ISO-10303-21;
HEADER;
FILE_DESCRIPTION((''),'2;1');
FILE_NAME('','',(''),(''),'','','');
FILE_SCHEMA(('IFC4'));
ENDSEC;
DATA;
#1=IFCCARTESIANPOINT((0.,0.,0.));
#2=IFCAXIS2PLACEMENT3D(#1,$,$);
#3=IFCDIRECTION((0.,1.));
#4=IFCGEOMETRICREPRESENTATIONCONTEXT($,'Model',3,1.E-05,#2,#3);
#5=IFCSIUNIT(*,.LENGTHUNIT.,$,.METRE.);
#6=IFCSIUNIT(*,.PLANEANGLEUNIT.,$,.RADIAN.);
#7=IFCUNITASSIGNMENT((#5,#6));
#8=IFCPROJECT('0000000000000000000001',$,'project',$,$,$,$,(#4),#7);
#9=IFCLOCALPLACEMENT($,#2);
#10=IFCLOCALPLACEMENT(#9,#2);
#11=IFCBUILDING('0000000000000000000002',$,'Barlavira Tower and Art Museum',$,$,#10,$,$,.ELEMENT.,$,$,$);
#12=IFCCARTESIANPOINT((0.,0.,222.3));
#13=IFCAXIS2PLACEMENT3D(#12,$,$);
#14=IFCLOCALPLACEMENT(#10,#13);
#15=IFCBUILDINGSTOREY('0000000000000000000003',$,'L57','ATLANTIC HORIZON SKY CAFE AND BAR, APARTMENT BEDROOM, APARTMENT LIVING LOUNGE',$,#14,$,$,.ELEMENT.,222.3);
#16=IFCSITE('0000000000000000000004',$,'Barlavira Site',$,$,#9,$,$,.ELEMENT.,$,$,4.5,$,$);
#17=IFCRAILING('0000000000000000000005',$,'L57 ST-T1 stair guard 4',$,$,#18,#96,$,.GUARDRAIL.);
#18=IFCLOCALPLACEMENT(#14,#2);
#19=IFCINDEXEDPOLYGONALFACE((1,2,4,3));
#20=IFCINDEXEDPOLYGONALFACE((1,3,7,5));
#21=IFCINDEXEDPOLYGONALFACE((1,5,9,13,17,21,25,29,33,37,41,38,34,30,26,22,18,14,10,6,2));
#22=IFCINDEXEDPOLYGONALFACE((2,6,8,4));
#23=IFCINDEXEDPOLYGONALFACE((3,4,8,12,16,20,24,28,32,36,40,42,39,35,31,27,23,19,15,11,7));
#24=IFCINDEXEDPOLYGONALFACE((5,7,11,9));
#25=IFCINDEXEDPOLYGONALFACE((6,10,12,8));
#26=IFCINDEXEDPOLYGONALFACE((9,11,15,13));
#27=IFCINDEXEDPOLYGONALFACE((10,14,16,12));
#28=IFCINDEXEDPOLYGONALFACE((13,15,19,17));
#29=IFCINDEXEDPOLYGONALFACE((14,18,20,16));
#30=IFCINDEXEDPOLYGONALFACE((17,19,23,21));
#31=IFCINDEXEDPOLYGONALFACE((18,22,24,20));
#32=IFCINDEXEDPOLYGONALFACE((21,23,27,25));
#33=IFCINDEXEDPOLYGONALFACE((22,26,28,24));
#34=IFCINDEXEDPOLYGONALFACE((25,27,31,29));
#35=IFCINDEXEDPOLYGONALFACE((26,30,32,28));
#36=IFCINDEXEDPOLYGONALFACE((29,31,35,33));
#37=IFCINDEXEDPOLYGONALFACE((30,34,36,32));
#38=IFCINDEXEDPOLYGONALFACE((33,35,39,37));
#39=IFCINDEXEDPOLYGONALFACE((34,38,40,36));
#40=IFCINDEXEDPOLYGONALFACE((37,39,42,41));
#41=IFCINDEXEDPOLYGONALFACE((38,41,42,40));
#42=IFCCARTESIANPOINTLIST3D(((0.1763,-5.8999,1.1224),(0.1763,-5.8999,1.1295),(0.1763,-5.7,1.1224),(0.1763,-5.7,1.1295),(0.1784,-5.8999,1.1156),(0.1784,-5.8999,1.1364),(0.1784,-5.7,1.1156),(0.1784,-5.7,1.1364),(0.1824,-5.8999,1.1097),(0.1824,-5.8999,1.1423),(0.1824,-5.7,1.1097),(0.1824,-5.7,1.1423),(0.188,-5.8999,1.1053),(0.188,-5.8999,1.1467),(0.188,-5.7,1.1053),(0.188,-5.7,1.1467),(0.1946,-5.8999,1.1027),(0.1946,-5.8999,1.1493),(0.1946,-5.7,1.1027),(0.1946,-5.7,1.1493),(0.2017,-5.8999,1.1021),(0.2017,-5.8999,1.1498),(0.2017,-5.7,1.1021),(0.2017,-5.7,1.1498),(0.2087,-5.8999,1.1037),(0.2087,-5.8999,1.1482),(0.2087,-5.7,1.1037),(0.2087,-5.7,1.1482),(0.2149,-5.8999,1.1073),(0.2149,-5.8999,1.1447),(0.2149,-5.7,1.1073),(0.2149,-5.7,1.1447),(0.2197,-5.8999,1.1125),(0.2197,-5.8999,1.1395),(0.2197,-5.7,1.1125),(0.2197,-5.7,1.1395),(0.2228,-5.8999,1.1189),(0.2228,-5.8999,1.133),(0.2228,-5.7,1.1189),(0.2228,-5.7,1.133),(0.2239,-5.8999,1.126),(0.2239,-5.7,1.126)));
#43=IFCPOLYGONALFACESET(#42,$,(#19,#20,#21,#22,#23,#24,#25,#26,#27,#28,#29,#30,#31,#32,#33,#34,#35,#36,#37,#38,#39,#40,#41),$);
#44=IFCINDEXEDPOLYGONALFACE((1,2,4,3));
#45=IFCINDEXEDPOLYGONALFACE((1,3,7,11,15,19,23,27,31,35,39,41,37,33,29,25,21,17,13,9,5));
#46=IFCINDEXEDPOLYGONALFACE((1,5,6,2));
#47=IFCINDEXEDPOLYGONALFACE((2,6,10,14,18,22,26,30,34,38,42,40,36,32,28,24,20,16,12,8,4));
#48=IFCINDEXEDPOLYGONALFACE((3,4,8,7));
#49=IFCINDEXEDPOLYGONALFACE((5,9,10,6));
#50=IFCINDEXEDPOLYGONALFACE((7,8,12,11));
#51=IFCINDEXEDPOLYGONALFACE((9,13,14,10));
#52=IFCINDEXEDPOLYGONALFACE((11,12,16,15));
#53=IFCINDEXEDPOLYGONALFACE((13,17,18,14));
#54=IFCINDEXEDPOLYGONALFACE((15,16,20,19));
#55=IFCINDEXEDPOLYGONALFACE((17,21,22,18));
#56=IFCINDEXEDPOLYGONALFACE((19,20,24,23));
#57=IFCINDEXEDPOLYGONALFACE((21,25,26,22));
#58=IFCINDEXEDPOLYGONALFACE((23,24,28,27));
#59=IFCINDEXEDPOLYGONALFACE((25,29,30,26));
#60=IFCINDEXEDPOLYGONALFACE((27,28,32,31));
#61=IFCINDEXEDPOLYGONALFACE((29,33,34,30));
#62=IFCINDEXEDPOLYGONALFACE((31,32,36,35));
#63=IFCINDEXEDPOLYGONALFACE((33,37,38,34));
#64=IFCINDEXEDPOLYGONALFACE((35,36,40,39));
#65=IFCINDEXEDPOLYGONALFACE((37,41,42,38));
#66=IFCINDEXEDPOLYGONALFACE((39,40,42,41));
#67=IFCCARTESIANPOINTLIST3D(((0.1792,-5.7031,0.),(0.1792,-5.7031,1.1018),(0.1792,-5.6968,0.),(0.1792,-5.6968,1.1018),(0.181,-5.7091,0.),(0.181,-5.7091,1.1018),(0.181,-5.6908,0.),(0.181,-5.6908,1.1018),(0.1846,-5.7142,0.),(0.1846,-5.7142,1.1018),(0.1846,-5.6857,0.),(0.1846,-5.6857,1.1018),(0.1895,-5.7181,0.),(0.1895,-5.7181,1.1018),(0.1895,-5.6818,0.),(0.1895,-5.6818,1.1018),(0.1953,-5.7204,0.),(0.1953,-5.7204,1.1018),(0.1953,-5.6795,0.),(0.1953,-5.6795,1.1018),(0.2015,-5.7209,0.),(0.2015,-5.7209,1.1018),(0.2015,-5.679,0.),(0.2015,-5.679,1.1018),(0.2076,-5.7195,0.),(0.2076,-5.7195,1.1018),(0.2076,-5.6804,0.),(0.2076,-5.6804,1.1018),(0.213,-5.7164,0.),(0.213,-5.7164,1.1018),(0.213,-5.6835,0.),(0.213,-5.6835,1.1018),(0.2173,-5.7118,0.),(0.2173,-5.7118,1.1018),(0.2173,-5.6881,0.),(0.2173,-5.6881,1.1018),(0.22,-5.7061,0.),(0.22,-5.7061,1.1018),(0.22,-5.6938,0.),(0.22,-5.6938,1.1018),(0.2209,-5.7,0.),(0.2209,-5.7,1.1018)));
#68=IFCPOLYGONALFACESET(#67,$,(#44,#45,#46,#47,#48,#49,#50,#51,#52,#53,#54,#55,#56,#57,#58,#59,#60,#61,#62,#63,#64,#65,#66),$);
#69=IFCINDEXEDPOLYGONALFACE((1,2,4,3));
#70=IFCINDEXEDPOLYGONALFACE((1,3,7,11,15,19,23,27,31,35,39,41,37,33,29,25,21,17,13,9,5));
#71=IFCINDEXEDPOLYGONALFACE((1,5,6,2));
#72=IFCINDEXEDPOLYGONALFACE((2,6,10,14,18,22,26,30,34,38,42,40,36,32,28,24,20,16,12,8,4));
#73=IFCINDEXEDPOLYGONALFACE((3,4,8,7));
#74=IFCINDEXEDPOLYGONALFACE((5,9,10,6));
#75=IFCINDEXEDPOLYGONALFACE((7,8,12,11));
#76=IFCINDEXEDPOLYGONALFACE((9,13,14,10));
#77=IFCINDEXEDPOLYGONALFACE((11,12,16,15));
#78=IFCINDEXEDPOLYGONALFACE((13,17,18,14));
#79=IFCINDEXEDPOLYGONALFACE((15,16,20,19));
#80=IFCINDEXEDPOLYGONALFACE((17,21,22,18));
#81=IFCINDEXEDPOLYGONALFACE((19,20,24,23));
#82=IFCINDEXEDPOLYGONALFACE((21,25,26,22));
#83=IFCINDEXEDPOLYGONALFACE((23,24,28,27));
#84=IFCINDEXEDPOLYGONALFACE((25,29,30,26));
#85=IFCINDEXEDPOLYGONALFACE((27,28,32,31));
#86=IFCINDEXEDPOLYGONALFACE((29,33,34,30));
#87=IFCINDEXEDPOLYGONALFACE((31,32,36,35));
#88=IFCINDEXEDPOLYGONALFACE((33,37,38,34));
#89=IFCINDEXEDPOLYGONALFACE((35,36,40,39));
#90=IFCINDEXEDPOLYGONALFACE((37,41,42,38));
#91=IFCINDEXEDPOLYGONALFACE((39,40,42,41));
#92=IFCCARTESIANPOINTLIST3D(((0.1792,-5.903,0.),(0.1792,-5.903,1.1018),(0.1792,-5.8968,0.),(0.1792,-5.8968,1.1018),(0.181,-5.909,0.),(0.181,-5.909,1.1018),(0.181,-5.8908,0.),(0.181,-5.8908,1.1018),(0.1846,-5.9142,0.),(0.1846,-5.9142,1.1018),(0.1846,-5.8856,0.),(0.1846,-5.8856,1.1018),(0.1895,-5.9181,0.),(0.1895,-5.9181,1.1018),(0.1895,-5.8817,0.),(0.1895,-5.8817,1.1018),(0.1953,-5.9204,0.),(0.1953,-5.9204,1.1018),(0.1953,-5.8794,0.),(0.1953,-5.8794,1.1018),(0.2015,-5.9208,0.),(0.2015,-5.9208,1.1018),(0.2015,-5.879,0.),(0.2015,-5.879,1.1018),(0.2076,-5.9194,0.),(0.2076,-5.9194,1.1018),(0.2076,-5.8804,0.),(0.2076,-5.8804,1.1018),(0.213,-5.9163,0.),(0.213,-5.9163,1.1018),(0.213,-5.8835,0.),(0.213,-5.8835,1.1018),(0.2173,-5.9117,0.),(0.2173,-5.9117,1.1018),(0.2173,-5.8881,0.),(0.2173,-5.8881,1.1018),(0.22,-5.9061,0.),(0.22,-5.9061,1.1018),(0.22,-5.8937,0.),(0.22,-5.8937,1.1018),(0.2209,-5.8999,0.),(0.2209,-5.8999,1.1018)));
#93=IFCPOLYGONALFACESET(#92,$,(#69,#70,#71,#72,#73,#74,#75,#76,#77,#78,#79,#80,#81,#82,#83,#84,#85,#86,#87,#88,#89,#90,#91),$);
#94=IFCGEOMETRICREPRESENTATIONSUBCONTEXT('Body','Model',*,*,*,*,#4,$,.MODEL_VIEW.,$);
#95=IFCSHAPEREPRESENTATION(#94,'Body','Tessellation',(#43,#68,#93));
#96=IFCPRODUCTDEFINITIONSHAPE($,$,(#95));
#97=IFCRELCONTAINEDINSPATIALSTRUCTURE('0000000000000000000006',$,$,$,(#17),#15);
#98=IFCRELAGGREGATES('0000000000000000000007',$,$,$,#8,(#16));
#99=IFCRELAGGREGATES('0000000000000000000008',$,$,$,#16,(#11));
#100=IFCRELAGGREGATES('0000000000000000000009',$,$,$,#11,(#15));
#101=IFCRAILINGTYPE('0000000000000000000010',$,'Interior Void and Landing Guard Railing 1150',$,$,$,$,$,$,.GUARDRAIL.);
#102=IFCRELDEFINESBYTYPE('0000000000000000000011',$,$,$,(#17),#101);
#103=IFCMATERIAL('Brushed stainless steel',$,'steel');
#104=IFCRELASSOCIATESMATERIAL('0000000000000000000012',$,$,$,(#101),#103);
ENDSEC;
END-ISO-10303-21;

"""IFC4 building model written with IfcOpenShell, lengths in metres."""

from ifc_helpers import new_model, si_unit, direction, frame, origin, origin_2d, place, context, subcontext, project, spatial, circle, extrude, material, type_object, element, save


model = new_model("IFC4")

# Units and contexts
model_context = context("Model", 3, precision=1e-05, world=origin(), true_north=direction((0.0, 1.0)))
body_context = subcontext(model_context, "Body", "Model", "MODEL_VIEW")
ifc_project = project(units=[si_unit("LENGTHUNIT", "METRE"), si_unit("PLANEANGLEUNIT", "RADIAN")], contexts=[model_context])

# Site, building, storey
site_placement = place(None, origin())
site = spatial("IfcSite", under=ifc_project, at=site_placement, Name="Barlavira Site", CompositionType="ELEMENT", RefElevation=4.5)
building_placement = place(site_placement, origin())
building = spatial("IfcBuilding", under=site, at=building_placement, Name="Barlavira Tower and Art Museum", CompositionType="ELEMENT")
storey_placement = place(building_placement, frame((0.0, 0.0, 222.3)))
storey = spatial("IfcBuildingStorey", under=building, at=storey_placement, Name="L57", Description="ATLANTIC HORIZON SKY CAFE AND BAR, APARTMENT BEDROOM, APARTMENT LIVING LOUNGE", CompositionType="ELEMENT", Elevation=222.3)

# Shared definitions
ifc_material_1 = material(Name="Brushed stainless steel", Category="steel")

# Railing
railing_type_1 = type_object("IfcRailingType", Name="Interior Void and Landing Guard Railing 1150", PredefinedType="GUARDRAIL", material=ifc_material_1)
railing_1_placement = place(storey_placement, frame((0.2, -5.7, 0.0)))
element("IfcRailing", 1, at=railing_1_placement, inside=storey, type_object=railing_type_1, Name="L57 ST-T1 stair guard 4", PredefinedType="GUARDRAIL", context=body_context, shape_type="SweptSolid", body=[
    extrude(circle(Radius=0.0239, at=origin_2d()), frame((0.0, 0.0, 1.126), z_axis=(0.0, -1.0, 0.0), x_axis=(1.0, 0.0, 0.0)), (0.0, 0.0, 1.0), 0.2),
    extrude(circle(Radius=0.021, at=origin_2d()), origin(), (0.0, 0.0, 1.0), 1.1018),
    extrude(circle(Radius=0.021, at=origin_2d()), frame((0.0, -0.2, 0.0)), (0.0, 0.0, 1.0), 1.1018),
])

save(model, "model.ifc")
